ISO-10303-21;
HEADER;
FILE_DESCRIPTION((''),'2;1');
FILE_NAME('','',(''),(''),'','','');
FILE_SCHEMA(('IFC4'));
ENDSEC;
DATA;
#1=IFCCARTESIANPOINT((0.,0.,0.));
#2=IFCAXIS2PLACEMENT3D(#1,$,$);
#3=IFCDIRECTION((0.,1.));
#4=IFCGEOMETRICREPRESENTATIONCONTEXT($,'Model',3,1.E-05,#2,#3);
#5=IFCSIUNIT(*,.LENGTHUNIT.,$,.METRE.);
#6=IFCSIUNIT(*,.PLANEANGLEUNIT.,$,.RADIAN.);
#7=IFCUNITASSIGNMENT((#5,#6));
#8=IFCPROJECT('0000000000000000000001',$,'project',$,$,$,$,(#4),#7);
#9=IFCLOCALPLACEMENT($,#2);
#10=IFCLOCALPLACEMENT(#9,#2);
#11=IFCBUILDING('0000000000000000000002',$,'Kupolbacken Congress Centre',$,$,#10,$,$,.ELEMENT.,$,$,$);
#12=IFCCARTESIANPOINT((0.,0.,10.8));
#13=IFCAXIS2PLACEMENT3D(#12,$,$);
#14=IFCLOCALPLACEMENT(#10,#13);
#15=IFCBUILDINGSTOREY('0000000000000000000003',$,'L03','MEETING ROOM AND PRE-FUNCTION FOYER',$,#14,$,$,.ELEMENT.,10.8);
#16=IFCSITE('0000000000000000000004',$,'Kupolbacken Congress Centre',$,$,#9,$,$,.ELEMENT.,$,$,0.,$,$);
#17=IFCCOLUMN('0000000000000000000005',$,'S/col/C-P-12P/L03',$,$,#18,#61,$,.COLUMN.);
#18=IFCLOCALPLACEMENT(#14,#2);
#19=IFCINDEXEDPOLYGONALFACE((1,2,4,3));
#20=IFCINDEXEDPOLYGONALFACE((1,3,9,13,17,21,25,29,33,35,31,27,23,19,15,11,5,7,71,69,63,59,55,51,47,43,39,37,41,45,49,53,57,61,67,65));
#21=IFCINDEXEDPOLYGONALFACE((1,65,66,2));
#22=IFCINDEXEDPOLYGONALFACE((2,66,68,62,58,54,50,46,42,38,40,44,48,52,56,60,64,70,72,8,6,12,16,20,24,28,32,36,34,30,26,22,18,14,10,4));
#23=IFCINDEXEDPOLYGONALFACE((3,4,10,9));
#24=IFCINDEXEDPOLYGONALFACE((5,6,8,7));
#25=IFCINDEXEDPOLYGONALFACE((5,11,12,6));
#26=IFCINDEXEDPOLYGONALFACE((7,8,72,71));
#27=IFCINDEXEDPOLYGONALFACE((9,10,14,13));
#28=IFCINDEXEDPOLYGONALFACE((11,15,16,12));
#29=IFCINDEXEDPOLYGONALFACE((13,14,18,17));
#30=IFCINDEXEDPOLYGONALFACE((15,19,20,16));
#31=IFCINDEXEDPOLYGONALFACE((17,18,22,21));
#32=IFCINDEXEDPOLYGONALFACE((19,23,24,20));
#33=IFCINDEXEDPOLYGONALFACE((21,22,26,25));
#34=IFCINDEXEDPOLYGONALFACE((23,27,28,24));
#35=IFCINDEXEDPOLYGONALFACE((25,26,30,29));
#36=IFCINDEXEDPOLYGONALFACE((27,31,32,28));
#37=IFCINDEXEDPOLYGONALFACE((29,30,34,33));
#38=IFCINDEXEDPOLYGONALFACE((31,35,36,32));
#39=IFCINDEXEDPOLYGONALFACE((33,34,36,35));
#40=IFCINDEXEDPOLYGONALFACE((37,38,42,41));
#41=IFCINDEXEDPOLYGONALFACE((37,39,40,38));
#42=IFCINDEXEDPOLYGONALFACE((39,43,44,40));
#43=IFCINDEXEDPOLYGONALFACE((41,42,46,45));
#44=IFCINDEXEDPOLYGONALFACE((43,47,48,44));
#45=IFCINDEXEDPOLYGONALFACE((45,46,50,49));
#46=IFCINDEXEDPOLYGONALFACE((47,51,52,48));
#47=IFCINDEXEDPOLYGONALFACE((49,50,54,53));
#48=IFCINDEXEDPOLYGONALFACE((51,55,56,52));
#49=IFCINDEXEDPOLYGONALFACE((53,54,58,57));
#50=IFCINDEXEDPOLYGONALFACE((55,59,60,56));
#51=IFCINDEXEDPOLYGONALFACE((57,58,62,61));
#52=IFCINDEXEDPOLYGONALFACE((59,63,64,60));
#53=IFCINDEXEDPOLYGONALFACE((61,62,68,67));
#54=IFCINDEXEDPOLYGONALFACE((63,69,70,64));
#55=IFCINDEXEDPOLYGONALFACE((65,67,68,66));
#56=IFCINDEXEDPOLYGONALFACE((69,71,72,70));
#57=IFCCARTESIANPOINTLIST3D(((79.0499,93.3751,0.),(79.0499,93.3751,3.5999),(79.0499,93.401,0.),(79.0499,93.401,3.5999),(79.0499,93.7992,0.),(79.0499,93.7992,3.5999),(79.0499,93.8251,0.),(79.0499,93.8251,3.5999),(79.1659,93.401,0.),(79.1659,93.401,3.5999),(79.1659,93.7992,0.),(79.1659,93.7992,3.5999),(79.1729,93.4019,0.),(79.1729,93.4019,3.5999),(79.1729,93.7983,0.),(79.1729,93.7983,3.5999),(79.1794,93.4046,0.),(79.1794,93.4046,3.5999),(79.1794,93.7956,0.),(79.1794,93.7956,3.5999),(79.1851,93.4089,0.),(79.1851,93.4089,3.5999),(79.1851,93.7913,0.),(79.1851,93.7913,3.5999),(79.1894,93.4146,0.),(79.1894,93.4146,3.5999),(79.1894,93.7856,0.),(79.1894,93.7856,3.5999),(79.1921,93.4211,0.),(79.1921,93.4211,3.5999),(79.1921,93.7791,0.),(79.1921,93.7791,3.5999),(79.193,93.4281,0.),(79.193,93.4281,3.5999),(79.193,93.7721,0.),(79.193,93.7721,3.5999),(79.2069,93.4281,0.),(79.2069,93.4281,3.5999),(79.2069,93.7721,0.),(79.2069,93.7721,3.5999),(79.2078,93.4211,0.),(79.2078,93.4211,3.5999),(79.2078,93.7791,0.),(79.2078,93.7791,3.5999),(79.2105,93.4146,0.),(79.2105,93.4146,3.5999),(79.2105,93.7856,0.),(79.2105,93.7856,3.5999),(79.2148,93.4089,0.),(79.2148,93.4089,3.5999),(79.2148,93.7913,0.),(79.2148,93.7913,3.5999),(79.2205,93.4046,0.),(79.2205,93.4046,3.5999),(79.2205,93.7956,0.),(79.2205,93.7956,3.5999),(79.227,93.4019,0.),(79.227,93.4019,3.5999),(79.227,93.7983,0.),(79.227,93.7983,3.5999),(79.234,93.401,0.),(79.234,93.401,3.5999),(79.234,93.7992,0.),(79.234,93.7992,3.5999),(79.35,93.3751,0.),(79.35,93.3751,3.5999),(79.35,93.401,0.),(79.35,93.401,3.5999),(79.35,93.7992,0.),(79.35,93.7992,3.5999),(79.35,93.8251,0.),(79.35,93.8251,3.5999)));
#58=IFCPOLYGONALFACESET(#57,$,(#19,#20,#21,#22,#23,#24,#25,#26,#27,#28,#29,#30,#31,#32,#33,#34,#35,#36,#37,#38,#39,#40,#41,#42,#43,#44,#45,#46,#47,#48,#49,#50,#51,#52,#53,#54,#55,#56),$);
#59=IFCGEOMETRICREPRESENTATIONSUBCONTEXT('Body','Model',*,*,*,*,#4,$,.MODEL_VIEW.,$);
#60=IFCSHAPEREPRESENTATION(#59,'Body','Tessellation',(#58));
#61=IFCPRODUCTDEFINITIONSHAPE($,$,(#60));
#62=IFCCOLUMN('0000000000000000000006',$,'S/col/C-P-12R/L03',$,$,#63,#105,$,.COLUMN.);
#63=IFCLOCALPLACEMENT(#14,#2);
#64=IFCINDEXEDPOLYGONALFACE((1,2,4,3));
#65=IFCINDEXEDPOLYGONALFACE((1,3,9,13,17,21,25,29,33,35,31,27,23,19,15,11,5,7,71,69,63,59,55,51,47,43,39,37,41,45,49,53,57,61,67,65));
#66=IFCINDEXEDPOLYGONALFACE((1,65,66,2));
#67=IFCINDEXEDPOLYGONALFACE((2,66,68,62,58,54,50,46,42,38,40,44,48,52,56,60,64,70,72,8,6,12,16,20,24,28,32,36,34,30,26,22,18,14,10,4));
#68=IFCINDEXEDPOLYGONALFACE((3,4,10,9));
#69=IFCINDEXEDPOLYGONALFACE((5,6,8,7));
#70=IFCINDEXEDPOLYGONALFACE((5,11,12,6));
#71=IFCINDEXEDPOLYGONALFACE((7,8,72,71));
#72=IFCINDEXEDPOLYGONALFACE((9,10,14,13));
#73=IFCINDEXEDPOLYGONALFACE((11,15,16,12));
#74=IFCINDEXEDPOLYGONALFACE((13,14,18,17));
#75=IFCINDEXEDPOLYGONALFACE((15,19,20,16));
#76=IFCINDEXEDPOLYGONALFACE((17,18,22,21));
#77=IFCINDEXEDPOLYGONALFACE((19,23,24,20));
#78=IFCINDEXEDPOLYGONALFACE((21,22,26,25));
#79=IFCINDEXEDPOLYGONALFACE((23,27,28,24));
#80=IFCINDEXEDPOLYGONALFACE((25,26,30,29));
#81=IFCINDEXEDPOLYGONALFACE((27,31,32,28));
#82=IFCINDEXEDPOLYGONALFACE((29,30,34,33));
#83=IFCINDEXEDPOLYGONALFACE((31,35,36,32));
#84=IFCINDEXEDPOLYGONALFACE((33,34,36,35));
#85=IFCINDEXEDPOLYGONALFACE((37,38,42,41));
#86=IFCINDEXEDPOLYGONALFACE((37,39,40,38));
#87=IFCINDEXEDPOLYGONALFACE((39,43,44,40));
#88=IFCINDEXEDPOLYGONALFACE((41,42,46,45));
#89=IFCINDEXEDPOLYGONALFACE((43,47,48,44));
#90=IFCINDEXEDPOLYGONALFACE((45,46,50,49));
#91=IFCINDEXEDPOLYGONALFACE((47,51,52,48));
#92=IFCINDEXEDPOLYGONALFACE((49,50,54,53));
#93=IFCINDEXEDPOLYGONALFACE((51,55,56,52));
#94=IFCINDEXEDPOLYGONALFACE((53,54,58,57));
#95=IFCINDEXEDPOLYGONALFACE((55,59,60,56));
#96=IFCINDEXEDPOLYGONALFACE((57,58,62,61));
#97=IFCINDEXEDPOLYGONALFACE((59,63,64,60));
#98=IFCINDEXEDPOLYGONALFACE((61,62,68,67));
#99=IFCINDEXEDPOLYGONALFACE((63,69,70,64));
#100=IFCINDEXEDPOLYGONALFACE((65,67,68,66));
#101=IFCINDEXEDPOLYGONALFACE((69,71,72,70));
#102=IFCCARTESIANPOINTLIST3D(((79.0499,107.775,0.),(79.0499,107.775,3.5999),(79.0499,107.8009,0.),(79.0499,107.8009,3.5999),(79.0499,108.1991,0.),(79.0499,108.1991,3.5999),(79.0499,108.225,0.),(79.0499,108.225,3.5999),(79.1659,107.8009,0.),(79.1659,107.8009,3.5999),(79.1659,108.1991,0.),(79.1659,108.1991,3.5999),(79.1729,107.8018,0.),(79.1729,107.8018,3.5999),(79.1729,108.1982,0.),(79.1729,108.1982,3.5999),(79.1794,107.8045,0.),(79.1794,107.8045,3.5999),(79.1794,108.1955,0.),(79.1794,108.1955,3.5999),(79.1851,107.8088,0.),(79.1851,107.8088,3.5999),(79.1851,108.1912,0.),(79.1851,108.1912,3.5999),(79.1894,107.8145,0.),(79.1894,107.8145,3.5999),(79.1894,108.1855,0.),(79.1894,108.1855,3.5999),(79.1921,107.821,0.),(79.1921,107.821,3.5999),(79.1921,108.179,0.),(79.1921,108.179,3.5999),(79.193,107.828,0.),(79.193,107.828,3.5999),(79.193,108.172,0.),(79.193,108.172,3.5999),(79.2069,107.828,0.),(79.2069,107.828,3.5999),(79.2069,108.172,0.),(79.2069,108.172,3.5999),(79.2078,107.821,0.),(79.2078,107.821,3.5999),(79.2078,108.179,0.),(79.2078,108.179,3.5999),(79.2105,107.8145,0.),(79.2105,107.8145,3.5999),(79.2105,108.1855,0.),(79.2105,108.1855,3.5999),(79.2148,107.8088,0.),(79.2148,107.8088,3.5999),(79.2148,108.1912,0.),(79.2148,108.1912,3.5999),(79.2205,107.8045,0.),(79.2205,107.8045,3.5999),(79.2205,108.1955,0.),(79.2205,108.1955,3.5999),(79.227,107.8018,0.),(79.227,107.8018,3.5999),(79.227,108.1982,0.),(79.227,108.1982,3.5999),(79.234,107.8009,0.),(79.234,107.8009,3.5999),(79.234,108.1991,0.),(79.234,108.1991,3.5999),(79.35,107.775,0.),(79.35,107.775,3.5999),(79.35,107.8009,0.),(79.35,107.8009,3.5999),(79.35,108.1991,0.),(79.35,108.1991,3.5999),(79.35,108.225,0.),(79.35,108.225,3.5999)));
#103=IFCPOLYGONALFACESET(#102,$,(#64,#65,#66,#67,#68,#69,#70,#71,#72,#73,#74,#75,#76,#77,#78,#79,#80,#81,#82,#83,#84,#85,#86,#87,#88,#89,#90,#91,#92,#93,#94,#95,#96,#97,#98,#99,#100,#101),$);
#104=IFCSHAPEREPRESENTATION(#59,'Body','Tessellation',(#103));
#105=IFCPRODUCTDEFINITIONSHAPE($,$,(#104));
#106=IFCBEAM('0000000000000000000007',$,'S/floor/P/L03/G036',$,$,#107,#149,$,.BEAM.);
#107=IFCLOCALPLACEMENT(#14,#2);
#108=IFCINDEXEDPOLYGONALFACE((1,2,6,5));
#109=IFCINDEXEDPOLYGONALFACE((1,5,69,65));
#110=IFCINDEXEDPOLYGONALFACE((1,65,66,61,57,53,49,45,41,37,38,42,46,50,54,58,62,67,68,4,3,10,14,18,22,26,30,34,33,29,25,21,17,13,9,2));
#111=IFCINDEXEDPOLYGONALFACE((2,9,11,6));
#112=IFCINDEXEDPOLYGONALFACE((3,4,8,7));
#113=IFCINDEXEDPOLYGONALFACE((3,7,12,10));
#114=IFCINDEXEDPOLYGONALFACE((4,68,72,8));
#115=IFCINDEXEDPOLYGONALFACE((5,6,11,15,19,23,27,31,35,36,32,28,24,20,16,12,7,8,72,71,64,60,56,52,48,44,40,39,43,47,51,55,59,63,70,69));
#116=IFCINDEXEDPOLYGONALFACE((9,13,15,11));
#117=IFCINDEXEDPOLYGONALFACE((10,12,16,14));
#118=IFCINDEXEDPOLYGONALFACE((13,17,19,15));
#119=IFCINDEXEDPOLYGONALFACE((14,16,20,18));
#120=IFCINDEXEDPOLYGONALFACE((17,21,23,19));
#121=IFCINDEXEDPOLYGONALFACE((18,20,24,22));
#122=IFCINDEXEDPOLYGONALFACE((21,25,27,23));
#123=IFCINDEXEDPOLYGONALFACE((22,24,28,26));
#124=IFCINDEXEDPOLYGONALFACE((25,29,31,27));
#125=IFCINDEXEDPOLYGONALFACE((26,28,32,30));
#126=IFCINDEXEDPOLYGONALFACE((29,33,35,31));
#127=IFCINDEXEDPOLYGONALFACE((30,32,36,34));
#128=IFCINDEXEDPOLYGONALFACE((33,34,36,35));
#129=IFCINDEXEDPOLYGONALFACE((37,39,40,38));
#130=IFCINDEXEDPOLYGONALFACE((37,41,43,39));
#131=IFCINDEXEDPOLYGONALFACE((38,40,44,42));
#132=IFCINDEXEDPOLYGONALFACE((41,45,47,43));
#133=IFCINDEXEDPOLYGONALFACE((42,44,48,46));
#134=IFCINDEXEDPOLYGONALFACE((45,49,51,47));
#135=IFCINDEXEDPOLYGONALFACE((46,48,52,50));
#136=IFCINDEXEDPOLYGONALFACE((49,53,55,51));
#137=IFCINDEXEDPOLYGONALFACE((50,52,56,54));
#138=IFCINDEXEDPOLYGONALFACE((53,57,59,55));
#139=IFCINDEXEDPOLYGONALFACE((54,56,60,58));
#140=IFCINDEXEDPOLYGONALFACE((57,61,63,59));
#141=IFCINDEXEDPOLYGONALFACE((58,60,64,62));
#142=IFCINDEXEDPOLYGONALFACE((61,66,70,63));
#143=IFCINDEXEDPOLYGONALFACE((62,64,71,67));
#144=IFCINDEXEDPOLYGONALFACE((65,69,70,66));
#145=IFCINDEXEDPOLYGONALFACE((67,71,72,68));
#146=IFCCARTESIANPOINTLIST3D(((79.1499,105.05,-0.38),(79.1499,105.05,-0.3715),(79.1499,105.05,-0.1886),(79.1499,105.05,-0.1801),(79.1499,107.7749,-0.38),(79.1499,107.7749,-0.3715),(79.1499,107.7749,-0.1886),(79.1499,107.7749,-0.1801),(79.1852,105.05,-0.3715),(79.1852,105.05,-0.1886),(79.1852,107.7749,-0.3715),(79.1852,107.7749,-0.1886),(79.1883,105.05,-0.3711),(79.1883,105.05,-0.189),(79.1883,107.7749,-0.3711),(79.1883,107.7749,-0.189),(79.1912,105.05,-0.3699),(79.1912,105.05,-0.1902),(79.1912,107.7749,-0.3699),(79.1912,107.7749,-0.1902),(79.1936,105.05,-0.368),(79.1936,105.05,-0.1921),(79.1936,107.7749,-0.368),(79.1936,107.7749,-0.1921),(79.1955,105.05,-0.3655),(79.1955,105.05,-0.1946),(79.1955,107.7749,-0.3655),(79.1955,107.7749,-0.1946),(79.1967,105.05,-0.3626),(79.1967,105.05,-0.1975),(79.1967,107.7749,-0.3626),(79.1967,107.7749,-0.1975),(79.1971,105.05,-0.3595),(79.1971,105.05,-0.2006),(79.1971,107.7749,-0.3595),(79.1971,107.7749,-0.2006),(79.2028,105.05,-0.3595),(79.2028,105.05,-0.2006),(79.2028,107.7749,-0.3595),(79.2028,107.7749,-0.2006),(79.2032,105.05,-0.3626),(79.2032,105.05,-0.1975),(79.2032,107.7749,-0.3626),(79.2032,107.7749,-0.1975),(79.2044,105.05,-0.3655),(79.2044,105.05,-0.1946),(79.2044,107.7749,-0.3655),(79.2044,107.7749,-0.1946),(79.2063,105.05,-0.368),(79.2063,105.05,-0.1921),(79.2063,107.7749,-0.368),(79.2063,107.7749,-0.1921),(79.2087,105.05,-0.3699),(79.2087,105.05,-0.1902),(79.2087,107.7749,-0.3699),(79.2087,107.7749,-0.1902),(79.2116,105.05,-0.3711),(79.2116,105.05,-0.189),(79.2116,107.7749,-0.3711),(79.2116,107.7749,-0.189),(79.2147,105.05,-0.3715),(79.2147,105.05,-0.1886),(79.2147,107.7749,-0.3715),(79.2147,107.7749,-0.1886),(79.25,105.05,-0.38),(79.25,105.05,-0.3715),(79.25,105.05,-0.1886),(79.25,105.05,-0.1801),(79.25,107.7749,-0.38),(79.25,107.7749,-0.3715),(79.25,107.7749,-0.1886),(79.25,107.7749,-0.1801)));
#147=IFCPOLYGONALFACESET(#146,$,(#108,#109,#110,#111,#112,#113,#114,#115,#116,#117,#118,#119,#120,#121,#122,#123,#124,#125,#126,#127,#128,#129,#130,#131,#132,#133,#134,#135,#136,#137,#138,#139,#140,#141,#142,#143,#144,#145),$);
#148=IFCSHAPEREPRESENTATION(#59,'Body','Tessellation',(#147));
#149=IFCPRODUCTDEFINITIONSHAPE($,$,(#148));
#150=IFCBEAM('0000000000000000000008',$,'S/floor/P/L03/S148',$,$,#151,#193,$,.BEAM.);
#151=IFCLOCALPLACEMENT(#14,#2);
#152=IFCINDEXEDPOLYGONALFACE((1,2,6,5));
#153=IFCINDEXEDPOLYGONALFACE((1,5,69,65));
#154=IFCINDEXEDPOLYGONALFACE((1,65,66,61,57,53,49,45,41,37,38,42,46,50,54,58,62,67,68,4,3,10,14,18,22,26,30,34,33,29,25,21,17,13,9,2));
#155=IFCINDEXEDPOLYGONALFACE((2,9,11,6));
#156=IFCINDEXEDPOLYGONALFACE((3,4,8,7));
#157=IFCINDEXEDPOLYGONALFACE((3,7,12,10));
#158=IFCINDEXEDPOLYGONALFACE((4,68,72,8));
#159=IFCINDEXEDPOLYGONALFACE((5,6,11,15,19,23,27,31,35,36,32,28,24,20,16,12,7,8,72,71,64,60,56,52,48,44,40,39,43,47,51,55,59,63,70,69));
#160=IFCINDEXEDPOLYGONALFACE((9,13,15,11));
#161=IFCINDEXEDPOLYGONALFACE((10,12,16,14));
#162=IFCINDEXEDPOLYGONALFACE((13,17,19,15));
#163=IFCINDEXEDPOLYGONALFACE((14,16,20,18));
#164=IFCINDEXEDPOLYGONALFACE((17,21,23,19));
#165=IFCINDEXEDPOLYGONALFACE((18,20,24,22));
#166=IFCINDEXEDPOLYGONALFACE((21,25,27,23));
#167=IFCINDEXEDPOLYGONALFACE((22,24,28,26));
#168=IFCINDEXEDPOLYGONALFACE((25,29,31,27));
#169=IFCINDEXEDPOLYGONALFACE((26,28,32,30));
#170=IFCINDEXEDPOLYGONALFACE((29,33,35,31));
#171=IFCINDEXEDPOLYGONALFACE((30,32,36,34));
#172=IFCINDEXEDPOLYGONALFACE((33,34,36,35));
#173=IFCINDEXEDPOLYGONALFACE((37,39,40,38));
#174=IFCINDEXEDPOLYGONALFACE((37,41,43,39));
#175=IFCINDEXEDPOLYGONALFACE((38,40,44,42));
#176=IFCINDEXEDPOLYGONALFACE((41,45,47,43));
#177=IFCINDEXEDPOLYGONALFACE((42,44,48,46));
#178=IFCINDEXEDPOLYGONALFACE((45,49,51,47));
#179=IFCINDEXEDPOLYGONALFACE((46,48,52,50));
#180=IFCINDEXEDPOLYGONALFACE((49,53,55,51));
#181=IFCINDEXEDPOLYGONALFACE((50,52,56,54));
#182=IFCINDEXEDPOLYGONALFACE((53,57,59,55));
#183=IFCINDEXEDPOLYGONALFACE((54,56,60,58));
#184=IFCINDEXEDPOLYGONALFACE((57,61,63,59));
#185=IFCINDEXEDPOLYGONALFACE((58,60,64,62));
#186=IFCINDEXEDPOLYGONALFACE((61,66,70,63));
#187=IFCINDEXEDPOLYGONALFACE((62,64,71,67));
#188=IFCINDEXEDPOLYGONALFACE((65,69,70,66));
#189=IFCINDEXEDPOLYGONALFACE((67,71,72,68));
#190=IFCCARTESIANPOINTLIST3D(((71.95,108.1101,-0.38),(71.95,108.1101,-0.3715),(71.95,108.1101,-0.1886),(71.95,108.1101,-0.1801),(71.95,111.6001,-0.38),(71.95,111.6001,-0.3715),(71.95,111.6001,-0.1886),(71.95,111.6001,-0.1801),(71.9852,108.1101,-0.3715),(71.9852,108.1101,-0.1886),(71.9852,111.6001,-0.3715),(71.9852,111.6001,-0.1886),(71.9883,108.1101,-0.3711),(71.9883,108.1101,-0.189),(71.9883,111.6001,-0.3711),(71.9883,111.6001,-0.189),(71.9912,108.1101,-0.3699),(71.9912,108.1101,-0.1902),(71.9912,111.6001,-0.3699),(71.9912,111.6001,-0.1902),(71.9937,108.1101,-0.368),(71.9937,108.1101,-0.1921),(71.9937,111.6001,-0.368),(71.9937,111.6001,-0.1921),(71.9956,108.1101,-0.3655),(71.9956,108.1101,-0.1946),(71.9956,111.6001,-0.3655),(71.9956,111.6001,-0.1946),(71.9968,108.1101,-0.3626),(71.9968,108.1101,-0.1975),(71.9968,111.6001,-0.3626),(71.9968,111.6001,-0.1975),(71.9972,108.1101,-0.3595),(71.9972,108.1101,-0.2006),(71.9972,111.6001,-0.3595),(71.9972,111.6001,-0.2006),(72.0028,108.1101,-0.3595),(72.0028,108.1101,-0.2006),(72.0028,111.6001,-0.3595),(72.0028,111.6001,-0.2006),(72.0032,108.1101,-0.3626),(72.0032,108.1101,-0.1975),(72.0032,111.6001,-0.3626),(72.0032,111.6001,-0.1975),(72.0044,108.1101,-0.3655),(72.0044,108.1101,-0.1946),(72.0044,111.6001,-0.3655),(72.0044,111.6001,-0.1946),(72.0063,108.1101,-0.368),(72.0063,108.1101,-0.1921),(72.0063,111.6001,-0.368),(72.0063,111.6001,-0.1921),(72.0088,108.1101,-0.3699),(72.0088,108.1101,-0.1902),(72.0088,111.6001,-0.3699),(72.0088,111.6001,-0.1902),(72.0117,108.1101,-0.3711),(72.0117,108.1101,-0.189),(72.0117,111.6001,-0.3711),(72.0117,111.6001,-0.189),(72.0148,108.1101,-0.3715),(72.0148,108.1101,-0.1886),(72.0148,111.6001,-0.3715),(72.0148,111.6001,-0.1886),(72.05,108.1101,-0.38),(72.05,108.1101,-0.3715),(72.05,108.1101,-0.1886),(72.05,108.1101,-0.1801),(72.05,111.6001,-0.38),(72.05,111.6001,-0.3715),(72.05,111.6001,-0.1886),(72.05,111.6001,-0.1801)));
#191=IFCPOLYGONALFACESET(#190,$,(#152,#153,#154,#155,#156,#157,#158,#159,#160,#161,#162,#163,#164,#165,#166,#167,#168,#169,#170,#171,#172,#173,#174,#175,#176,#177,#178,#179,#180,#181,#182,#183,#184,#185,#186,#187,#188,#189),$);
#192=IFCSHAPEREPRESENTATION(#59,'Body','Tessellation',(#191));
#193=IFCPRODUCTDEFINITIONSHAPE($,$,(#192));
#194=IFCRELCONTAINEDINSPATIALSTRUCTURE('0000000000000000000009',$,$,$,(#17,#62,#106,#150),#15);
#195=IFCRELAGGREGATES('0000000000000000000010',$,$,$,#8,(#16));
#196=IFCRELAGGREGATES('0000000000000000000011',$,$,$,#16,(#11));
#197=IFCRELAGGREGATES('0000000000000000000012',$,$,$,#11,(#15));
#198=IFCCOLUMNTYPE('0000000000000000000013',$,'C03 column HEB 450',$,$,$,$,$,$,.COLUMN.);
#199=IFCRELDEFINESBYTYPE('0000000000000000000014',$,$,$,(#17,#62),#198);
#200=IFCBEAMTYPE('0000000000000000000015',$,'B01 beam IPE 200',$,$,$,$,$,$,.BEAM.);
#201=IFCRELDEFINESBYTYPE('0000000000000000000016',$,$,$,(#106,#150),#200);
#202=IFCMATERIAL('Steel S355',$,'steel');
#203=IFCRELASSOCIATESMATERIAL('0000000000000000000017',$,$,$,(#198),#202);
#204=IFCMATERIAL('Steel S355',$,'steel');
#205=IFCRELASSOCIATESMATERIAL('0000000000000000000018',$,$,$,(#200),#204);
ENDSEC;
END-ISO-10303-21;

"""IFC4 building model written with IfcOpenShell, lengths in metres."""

from ifc_helpers import new_model, si_unit, direction, frame, origin, origin_2d, place, context, subcontext, project, spatial, i_section, extrude, material, material_profile, profile_set, type_object, element, save


model = new_model("IFC4")

# Units and contexts
model_context = context("Model", 3, precision=1e-05, world=origin(), true_north=direction((0.0, 1.0)))
body_context = subcontext(model_context, "Body", "Model", "MODEL_VIEW")
ifc_project = project(units=[si_unit("LENGTHUNIT", "METRE"), si_unit("PLANEANGLEUNIT", "RADIAN")], contexts=[model_context])

# Site, building, storey
site_placement = place(None, origin())
site = spatial("IfcSite", under=ifc_project, at=site_placement, Name="Kupolbacken Congress Centre", CompositionType="ELEMENT", RefElevation=0.0)
building_placement = place(site_placement, origin())
building = spatial("IfcBuilding", under=site, at=building_placement, Name="Kupolbacken Congress Centre", CompositionType="ELEMENT")
storey_placement = place(building_placement, frame((0.0, 0.0, 10.8)))
storey = spatial("IfcBuildingStorey", under=building, at=storey_placement, Name="L03", Description="MEETING ROOM AND PRE-FUNCTION FOYER", CompositionType="ELEMENT", Elevation=10.8)

# Columns
ifc_material_1 = material(Name="Steel S355", Category="steel")
ifc_material_profile_1 = material_profile(ifc_material_1, i_section(OverallWidth=0.3, OverallDepth=0.45, WebThickness=0.0139, FlangeThickness=0.0259, FilletRadius=0.0271, at=origin_2d()), Name="HEB 450")
ifc_profile_set_1 = profile_set([ifc_material_profile_1], Name="Steel S355")
column_type = type_object("IfcColumnType", Name="C03 column HEB 450", PredefinedType="COLUMN", material=ifc_profile_set_1)
for number, where, z_axis, x_axis, name in (
    (1, (79.2, 93.6001, 0.0), (0.0, 0.0, 1.0), (1.0, 0.0, 0.0), "S/col/C-P-12P/L03"),
    (2, (79.2, 108.0, 0.0), (0.0, 0.0, 1.0), (1.0, 0.0, 0.0), "S/col/C-P-12R/L03"),
):
    element("IfcColumn", number, at=place(storey_placement, frame(where, z_axis=z_axis, x_axis=x_axis)), inside=storey, type_object=column_type, Name=name, PredefinedType="COLUMN", context=body_context, shape_type="SweptSolid", body=[
        extrude(i_section(OverallWidth=0.3, OverallDepth=0.45, WebThickness=0.0139, FlangeThickness=0.0259, FilletRadius=0.0271, at=origin_2d()), origin(), (0.0, 0.0, 1.0), 3.5999),
    ])

# Beams
ifc_material_2 = material(Name="Steel S355", Category="steel")
ifc_material_profile_2 = material_profile(ifc_material_2, i_section(OverallWidth=0.1001, OverallDepth=0.2, WebThickness=0.0056, FlangeThickness=0.0085, FilletRadius=0.012, at=origin_2d()), Name="IPE 200")
ifc_profile_set_2 = profile_set([ifc_material_profile_2], Name="Steel S355")
beam_type_1 = type_object("IfcBeamType", Name="B01 beam IPE 200", PredefinedType="BEAM", material=ifc_profile_set_2)
beam_1_placement = place(storey_placement, frame((79.2, 105.05, -0.28), z_axis=(0.0, 1.0, 0.0), x_axis=(-1.0, 0.0, 0.0)))
element("IfcBeam", 3, at=beam_1_placement, inside=storey, type_object=beam_type_1, Name="S/floor/P/L03/G036", PredefinedType="BEAM", context=body_context, shape_type="SweptSolid", body=[
    extrude(i_section(OverallWidth=0.1001, OverallDepth=0.2, WebThickness=0.0056, FlangeThickness=0.0085, FilletRadius=0.012, at=origin_2d()), origin(), (0.0, 0.0, 1.0), 2.7249),
])
beam_2_placement = place(storey_placement, frame((72.0, 108.1101, -0.28), z_axis=(0.0, 1.0, 0.0), x_axis=(-1.0, 0.0, 0.0)))
element("IfcBeam", 4, at=beam_2_placement, inside=storey, type_object=beam_type_1, Name="S/floor/P/L03/S148", PredefinedType="BEAM", context=body_context, shape_type="SweptSolid", body=[
    extrude(i_section(OverallWidth=0.1001, OverallDepth=0.2, WebThickness=0.0056, FlangeThickness=0.0085, FilletRadius=0.012, at=origin_2d()), origin(), (0.0, 0.0, 1.0), 3.49),
])

save(model, "model.ifc")
